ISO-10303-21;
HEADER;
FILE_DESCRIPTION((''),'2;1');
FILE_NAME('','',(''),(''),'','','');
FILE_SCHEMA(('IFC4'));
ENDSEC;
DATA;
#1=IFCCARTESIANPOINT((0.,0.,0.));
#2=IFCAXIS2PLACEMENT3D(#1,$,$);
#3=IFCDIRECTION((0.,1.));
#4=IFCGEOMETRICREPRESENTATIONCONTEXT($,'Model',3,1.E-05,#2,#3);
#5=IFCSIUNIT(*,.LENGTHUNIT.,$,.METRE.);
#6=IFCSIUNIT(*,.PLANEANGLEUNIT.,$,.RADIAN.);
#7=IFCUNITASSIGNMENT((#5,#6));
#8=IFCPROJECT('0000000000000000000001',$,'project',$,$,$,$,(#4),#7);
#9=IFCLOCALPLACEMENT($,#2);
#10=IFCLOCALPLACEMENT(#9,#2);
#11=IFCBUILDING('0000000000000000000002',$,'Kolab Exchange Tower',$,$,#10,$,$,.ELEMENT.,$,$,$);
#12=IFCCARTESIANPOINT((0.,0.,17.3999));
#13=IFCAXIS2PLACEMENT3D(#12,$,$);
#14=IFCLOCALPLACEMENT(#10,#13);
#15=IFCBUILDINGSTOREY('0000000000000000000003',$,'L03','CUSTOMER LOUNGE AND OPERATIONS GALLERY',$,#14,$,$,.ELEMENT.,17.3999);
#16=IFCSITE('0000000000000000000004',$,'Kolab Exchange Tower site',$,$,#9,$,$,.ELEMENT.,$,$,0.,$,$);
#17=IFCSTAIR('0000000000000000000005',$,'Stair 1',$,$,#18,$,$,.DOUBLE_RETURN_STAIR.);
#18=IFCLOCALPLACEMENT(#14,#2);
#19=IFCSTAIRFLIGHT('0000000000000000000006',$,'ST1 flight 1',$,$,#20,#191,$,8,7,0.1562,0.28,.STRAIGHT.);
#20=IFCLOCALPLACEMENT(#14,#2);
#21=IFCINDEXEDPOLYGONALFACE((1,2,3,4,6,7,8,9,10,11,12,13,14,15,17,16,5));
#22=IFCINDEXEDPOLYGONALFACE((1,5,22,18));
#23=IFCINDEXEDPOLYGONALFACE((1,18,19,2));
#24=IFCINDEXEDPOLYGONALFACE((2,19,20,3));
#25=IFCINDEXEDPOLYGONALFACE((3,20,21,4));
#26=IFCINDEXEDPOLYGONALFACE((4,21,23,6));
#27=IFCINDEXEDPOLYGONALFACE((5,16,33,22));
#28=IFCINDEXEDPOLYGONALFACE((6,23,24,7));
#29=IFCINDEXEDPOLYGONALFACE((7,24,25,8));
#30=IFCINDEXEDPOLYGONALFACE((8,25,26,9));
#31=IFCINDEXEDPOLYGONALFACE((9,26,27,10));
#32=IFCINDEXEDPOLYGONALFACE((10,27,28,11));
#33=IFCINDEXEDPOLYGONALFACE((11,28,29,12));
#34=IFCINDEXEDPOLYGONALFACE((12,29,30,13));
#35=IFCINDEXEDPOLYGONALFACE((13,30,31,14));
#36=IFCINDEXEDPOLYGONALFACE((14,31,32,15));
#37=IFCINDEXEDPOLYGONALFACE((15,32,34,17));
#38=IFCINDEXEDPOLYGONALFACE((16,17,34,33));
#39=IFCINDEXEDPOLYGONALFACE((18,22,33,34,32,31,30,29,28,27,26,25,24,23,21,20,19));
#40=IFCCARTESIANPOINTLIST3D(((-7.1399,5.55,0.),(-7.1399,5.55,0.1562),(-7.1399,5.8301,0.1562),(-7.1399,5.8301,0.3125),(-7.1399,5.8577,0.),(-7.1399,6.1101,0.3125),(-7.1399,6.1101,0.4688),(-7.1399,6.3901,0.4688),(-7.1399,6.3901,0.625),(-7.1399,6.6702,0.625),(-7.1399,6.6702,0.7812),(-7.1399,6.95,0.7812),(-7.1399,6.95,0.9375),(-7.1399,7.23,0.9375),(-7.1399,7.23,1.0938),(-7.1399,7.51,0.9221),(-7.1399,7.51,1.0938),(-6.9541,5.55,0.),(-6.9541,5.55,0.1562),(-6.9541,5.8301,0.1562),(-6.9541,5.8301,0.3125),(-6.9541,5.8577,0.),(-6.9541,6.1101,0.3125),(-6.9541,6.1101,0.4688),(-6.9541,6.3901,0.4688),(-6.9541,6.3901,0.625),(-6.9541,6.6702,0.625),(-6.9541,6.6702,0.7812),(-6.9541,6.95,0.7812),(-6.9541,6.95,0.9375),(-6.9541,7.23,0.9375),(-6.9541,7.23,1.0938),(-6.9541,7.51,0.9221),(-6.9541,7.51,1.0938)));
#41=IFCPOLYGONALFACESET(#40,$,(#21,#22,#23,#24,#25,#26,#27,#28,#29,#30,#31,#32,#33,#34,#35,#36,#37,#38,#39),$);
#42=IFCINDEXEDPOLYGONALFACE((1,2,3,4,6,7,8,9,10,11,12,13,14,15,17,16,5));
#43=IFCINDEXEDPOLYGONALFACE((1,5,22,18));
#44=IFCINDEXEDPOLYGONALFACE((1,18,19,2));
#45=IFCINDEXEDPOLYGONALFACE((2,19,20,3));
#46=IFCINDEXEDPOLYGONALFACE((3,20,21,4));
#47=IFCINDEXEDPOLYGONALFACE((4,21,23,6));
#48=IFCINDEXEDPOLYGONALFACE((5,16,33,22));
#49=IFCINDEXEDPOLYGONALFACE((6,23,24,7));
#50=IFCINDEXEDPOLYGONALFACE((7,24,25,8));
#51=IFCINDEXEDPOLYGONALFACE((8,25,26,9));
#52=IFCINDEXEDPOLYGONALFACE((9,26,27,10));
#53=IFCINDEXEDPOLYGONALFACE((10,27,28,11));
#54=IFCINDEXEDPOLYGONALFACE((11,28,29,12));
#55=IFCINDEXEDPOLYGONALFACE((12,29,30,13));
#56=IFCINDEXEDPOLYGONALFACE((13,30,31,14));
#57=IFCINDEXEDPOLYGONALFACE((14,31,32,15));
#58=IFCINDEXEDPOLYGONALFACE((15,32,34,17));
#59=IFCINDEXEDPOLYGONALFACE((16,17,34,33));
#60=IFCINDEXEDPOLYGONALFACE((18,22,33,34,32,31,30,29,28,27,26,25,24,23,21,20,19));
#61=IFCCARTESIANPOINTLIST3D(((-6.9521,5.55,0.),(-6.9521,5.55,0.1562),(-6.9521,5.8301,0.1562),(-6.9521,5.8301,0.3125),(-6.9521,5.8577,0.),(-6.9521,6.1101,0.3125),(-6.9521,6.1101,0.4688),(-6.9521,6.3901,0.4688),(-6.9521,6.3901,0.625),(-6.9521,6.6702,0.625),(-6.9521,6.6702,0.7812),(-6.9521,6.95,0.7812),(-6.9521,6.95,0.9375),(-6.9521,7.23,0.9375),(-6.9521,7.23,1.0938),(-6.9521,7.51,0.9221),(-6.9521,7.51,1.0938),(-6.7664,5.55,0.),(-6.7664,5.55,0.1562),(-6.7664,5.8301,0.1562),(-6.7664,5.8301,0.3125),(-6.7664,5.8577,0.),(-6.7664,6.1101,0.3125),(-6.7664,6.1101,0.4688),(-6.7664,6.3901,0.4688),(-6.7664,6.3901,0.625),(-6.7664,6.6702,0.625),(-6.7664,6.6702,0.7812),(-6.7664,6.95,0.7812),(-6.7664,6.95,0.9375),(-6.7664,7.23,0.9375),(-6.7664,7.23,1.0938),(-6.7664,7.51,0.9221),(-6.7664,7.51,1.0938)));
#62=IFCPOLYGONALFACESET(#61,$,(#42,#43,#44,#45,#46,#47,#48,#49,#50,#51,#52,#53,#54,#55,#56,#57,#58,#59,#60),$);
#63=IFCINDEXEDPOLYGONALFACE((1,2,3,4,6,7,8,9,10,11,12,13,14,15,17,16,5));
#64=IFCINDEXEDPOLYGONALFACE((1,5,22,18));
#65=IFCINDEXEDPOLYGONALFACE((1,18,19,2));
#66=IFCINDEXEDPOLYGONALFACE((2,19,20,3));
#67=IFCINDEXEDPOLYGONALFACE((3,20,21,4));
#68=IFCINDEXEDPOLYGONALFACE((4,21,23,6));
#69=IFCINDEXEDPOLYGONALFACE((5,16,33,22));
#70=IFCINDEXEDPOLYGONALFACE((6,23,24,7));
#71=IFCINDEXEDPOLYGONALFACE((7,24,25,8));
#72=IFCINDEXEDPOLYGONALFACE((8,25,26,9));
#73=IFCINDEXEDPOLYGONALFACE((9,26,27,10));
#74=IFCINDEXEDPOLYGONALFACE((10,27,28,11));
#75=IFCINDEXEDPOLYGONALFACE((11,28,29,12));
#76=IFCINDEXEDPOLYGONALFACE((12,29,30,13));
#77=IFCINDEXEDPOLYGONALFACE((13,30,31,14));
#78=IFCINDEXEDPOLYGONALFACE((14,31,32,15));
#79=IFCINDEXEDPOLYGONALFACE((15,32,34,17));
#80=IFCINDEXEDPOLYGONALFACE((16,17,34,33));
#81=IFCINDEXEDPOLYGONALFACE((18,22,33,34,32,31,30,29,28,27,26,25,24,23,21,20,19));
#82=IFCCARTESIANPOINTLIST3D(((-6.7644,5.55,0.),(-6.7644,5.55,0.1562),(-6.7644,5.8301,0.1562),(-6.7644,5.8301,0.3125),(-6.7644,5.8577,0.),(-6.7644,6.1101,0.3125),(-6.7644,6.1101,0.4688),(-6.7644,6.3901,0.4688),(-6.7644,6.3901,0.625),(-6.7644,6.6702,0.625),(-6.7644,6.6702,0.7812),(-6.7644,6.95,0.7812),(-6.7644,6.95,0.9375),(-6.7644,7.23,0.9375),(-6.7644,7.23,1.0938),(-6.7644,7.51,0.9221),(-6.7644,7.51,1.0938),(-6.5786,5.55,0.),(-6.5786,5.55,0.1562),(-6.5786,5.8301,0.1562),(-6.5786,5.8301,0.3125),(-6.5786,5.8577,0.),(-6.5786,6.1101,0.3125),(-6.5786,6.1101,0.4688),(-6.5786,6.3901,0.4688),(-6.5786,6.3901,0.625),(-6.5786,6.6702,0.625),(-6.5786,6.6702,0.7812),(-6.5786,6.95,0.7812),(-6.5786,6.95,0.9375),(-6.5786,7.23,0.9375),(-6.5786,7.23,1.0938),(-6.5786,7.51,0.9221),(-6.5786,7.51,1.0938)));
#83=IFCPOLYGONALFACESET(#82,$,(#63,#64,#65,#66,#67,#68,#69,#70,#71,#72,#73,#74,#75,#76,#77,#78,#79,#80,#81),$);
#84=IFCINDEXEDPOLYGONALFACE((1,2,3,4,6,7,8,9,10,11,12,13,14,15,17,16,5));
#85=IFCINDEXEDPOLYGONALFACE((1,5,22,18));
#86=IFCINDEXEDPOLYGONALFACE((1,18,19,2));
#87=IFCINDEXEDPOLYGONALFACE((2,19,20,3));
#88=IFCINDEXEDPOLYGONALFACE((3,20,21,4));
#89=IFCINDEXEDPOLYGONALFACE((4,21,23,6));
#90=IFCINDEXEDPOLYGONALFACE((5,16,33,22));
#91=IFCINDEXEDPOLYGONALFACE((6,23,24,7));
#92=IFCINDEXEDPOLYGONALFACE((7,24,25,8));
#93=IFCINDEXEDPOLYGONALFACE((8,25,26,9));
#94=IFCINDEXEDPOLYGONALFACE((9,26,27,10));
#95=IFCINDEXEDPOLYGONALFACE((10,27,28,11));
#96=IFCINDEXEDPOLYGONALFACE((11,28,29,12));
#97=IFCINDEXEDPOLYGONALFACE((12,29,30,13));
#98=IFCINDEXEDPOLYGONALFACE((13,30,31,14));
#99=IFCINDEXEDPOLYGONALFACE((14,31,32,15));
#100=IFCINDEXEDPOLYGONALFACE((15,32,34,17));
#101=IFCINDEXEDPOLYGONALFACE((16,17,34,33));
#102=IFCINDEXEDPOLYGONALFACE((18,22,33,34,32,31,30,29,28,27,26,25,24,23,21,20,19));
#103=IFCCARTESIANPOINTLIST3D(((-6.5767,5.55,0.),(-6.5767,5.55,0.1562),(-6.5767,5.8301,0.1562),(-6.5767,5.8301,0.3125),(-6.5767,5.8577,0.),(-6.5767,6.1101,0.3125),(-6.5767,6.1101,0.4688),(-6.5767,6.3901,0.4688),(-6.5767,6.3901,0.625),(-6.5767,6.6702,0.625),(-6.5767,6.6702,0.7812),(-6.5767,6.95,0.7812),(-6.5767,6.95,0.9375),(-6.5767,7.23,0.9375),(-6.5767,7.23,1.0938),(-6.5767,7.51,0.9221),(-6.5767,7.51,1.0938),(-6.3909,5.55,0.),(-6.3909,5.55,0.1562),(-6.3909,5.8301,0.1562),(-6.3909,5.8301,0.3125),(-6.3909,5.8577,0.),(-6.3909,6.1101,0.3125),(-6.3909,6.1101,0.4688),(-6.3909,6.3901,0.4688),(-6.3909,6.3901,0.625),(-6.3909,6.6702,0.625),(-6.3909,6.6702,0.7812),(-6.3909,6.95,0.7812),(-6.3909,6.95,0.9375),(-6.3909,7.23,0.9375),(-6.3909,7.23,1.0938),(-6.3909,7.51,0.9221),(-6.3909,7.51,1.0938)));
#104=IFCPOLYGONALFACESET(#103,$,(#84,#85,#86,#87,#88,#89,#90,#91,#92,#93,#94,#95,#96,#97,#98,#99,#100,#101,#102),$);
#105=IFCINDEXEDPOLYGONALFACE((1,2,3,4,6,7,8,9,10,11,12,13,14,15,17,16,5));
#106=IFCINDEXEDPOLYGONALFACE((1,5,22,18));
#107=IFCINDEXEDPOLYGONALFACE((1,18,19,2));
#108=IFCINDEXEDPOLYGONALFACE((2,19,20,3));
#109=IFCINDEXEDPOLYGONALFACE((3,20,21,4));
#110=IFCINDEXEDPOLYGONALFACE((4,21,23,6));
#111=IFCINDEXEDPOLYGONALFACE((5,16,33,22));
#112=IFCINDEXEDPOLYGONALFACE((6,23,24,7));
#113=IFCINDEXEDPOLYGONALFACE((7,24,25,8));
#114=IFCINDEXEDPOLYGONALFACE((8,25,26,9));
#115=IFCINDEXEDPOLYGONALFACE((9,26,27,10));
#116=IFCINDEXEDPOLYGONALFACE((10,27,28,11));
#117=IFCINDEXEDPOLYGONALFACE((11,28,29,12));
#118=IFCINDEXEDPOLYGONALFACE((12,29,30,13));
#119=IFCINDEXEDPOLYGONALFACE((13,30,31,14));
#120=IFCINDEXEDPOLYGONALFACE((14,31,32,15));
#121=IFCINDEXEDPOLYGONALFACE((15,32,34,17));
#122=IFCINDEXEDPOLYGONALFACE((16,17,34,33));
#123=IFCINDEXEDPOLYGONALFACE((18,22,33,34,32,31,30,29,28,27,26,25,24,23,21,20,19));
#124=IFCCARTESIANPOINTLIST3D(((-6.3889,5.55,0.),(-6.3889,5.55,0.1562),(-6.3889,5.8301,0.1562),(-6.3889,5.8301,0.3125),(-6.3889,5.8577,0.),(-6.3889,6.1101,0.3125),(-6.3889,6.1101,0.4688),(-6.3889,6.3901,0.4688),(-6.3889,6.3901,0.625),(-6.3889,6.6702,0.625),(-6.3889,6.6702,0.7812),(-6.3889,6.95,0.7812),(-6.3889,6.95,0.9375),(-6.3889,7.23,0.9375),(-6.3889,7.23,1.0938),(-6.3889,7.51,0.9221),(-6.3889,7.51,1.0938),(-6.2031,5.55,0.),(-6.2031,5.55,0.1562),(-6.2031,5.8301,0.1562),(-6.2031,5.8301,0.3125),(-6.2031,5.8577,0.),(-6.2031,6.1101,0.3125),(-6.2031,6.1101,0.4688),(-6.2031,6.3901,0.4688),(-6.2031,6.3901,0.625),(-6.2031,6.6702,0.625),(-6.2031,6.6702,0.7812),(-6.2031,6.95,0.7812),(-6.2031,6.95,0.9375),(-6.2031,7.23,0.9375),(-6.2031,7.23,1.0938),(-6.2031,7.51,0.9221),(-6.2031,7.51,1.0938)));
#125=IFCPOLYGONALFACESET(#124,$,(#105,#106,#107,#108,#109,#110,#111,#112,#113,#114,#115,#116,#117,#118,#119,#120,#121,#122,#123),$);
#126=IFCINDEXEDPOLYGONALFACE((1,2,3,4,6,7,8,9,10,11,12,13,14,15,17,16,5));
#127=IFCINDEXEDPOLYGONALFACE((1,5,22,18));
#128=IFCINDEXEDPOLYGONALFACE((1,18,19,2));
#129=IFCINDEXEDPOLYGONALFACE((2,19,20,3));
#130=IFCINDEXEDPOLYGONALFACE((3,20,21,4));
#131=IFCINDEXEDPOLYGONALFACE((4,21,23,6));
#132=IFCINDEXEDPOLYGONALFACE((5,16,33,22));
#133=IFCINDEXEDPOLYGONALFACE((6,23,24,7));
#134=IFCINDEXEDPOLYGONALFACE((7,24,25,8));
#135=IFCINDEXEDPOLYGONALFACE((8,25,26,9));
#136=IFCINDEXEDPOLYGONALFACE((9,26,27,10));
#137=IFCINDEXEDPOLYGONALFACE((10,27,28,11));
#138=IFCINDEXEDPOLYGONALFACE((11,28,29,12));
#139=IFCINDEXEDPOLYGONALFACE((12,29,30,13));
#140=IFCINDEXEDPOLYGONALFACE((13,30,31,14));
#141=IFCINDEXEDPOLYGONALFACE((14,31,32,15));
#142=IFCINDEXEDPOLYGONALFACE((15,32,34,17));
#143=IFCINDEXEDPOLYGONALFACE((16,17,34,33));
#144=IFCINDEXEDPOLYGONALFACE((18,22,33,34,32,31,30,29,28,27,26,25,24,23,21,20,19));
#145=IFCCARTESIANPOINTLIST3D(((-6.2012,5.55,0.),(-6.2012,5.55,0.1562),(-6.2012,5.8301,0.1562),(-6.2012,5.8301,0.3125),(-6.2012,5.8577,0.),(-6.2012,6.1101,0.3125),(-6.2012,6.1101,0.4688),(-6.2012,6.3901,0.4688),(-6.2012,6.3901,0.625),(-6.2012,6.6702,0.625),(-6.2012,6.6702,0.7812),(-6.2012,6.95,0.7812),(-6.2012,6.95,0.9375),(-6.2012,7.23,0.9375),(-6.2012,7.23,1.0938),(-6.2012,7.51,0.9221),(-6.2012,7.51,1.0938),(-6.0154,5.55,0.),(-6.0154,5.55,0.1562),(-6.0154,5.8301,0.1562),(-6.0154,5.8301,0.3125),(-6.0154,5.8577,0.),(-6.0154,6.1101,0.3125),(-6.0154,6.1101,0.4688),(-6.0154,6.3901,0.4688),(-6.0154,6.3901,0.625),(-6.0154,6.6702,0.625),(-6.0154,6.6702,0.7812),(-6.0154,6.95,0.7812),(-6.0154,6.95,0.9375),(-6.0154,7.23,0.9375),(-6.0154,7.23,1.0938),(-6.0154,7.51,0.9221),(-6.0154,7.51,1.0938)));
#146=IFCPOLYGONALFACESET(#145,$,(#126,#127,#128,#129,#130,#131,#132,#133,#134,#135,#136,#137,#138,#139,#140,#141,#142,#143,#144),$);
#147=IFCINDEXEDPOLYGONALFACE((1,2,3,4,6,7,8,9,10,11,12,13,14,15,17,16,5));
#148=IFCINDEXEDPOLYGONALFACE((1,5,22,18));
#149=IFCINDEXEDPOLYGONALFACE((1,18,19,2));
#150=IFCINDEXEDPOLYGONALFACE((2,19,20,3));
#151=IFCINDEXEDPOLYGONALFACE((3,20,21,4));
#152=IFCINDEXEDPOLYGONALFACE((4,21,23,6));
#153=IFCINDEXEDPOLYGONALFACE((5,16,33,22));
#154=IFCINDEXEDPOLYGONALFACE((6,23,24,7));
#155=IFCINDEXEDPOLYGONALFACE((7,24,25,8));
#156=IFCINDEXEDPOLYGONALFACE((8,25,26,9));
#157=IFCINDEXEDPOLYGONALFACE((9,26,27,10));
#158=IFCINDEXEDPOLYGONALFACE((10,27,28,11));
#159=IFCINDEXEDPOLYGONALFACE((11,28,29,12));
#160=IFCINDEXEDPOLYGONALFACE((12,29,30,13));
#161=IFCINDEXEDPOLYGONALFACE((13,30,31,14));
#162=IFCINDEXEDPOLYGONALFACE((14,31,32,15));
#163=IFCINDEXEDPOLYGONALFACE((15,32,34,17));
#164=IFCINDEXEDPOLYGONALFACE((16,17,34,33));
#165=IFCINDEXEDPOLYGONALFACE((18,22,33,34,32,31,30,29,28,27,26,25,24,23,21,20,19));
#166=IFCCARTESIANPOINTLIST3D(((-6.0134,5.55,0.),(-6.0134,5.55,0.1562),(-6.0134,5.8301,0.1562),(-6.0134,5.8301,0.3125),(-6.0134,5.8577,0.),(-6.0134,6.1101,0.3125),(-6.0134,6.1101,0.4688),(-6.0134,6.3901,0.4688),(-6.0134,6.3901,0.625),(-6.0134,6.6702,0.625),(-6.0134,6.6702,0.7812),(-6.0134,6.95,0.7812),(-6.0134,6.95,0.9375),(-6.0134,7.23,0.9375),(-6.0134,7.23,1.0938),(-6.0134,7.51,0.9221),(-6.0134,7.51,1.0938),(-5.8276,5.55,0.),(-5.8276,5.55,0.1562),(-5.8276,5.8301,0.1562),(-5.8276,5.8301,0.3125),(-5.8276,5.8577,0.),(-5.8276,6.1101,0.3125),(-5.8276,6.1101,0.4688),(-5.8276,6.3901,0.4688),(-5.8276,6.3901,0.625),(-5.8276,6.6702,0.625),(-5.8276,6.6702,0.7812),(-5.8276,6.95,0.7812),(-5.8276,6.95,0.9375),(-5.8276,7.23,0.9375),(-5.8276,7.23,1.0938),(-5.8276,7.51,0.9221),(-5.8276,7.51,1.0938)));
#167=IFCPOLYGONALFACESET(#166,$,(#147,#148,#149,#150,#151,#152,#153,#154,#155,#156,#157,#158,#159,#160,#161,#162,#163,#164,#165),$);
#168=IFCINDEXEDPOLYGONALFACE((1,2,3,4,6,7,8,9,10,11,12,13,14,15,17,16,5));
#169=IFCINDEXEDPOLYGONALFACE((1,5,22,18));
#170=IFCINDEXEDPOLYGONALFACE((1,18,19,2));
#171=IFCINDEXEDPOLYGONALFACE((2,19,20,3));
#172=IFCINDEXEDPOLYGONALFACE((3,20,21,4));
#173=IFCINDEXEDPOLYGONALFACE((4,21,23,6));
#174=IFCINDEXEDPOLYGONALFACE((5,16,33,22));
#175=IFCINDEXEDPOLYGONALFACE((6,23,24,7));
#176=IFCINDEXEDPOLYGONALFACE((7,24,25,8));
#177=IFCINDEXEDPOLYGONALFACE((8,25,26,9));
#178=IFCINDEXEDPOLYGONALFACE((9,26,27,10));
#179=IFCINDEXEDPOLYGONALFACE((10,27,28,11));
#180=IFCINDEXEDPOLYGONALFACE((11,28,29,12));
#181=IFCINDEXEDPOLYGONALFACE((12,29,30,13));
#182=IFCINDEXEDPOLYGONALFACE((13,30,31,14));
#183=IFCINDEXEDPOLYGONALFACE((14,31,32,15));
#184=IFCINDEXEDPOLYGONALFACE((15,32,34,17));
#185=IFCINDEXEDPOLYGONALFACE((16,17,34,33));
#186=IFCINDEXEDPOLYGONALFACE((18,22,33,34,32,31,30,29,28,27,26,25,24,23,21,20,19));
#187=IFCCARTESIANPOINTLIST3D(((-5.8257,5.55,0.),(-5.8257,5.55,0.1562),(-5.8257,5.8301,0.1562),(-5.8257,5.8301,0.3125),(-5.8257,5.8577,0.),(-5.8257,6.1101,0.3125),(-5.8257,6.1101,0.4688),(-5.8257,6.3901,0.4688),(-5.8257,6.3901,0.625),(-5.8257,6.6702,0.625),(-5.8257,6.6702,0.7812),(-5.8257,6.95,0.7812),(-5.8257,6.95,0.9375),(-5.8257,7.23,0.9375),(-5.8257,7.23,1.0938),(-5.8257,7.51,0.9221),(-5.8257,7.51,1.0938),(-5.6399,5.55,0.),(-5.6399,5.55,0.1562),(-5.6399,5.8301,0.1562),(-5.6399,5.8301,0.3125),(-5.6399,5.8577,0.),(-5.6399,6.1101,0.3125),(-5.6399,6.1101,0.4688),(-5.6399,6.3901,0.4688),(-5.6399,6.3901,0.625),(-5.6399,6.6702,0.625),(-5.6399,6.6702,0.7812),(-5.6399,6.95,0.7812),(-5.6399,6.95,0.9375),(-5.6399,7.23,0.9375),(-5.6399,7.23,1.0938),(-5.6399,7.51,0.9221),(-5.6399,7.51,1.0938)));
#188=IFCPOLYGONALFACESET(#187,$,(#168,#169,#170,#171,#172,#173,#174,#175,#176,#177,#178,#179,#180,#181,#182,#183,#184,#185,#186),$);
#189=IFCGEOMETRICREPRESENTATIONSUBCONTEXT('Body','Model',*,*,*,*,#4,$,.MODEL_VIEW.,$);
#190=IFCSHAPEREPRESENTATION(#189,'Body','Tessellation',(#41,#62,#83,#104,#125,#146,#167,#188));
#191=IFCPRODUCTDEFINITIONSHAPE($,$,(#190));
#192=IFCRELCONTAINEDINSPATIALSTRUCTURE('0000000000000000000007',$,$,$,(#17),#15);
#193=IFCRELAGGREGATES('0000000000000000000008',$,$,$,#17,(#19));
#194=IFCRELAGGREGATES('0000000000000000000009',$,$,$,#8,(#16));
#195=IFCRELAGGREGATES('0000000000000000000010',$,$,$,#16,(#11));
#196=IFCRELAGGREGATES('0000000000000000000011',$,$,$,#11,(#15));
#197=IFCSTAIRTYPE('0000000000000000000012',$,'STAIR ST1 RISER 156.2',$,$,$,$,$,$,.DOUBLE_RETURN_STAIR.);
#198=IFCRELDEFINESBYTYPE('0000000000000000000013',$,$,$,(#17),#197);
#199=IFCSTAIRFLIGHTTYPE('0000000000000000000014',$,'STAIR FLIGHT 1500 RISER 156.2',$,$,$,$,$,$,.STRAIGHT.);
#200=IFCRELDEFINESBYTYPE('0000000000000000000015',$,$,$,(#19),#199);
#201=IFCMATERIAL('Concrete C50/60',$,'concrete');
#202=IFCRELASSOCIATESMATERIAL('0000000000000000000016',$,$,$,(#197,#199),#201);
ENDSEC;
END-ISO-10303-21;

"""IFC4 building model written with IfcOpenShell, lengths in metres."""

from ifc_helpers import new_model, si_unit, direction, frame, origin, place, context, subcontext, project, spatial, polyline, outline, extrude, material, type_object, element, aggregate, save


model = new_model("IFC4")

# Units and contexts
model_context = context("Model", 3, precision=1e-05, world=origin(), true_north=direction((0.0, 1.0)))
body_context = subcontext(model_context, "Body", "Model", "MODEL_VIEW")
ifc_project = project(units=[si_unit("LENGTHUNIT", "METRE"), si_unit("PLANEANGLEUNIT", "RADIAN")], contexts=[model_context])

# Site, building, storey
site_placement = place(None, origin())
site = spatial("IfcSite", under=ifc_project, at=site_placement, Name="Kolab Exchange Tower site", CompositionType="ELEMENT", RefElevation=0.0)
building_placement = place(site_placement, origin())
building = spatial("IfcBuilding", under=site, at=building_placement, Name="Kolab Exchange Tower", CompositionType="ELEMENT")
storey_placement = place(building_placement, frame((0.0, 0.0, 17.3999)))
storey = spatial("IfcBuildingStorey", under=building, at=storey_placement, Name="L03", Description="CUSTOMER LOUNGE AND OPERATIONS GALLERY", CompositionType="ELEMENT", Elevation=17.3999)

# Shared definitions
ifc_material_1 = material(Name="Concrete C50/60", Category="concrete")

# Stair, stair flight
stair_type = type_object("IfcStairType", Name="STAIR ST1 RISER 156.2", PredefinedType="DOUBLE_RETURN_STAIR", material=ifc_material_1)
stair_placement = place(storey_placement, origin())
stair = element("IfcStair", 1, at=stair_placement, inside=storey, type_object=stair_type, Name="Stair 1", PredefinedType="DOUBLE_RETURN_STAIR")
stair_flight_type = type_object("IfcStairFlightType", Name="STAIR FLIGHT 1500 RISER 156.2", PredefinedType="STRAIGHT", material=ifc_material_1)
stair_flight_1_placement = place(storey_placement, frame((-6.3899, 5.55, 0.0), z_axis=(0.0, 0.0, 1.0), x_axis=(0.0, 1.0, 0.0)))
stair_flight_1 = element("IfcStairFlight", 2, at=stair_flight_1_placement, type_object=stair_flight_type, Name="ST1 flight 1", NumberOfRisers=8, NumberOfTreads=7, PredefinedType="STRAIGHT", RiserHeight=0.1562, TreadLength=0.28, context=body_context, shape_type="SweptSolid", body=[
    extrude(outline(polyline([(0.0, 0.0), (0.0, 0.1562), (0.28, 0.1562), (0.28, 0.3125), (0.5601, 0.3125), (0.5601, 0.4688), (0.8401, 0.4688), (0.8401, 0.625), (1.1201, 0.625), (1.1201, 0.7812), (1.3999, 0.7812), (1.3999, 0.9375), (1.6799, 0.9375), (1.6799, 1.0938), (1.96, 1.0938), (1.96, 1.25), (1.96, 0.9221), (0.3076, 0.0), (0.0, 0.0)])), frame((0.0, 0.75, 0.0), z_axis=(0.0, -1.0, 0.0), x_axis=(1.0, 0.0, 0.0)), (0.0, 0.0, 1.0), 0.1858),
    extrude(outline(polyline([(0.0, 0.0), (0.0, 0.1562), (0.28, 0.1562), (0.28, 0.3125), (0.5601, 0.3125), (0.5601, 0.4688), (0.8401, 0.4688), (0.8401, 0.625), (1.1201, 0.625), (1.1201, 0.7812), (1.3999, 0.7812), (1.3999, 0.9375), (1.6799, 0.9375), (1.6799, 1.0938), (1.96, 1.0938), (1.96, 1.25), (1.96, 0.9221), (0.3076, 0.0), (0.0, 0.0)])), frame((0.0, 0.5623, 0.0), z_axis=(0.0, -1.0, 0.0), x_axis=(1.0, 0.0, 0.0)), (0.0, 0.0, 1.0), 0.1858),
    extrude(outline(polyline([(0.0, 0.0), (0.0, 0.1562), (0.28, 0.1562), (0.28, 0.3125), (0.5601, 0.3125), (0.5601, 0.4688), (0.8401, 0.4688), (0.8401, 0.625), (1.1201, 0.625), (1.1201, 0.7812), (1.3999, 0.7812), (1.3999, 0.9375), (1.6799, 0.9375), (1.6799, 1.0938), (1.96, 1.0938), (1.96, 1.25), (1.96, 0.9221), (0.3076, 0.0), (0.0, 0.0)])), frame((0.0, 0.3745, 0.0), z_axis=(0.0, -1.0, 0.0), x_axis=(1.0, 0.0, 0.0)), (0.0, 0.0, 1.0), 0.1858),
    extrude(outline(polyline([(0.0, 0.0), (0.0, 0.1562), (0.28, 0.1562), (0.28, 0.3125), (0.5601, 0.3125), (0.5601, 0.4688), (0.8401, 0.4688), (0.8401, 0.625), (1.1201, 0.625), (1.1201, 0.7812), (1.3999, 0.7812), (1.3999, 0.9375), (1.6799, 0.9375), (1.6799, 1.0938), (1.96, 1.0938), (1.96, 1.25), (1.96, 0.9221), (0.3076, 0.0), (0.0, 0.0)])), frame((0.0, 0.1868, 0.0), z_axis=(0.0, -1.0, 0.0), x_axis=(1.0, 0.0, 0.0)), (0.0, 0.0, 1.0), 0.1858),
    extrude(outline(polyline([(0.0, 0.0), (0.0, 0.1562), (0.28, 0.1562), (0.28, 0.3125), (0.5601, 0.3125), (0.5601, 0.4688), (0.8401, 0.4688), (0.8401, 0.625), (1.1201, 0.625), (1.1201, 0.7812), (1.3999, 0.7812), (1.3999, 0.9375), (1.6799, 0.9375), (1.6799, 1.0938), (1.96, 1.0938), (1.96, 1.25), (1.96, 0.9221), (0.3076, 0.0), (0.0, 0.0)])), frame((0.0, -0.001, 0.0), z_axis=(0.0, -1.0, 0.0), x_axis=(1.0, 0.0, 0.0)), (0.0, 0.0, 1.0), 0.1858),
    extrude(outline(polyline([(0.0, 0.0), (0.0, 0.1562), (0.28, 0.1562), (0.28, 0.3125), (0.5601, 0.3125), (0.5601, 0.4688), (0.8401, 0.4688), (0.8401, 0.625), (1.1201, 0.625), (1.1201, 0.7812), (1.3999, 0.7812), (1.3999, 0.9375), (1.6799, 0.9375), (1.6799, 1.0938), (1.96, 1.0938), (1.96, 1.25), (1.96, 0.9221), (0.3076, 0.0), (0.0, 0.0)])), frame((0.0, -0.1887, 0.0), z_axis=(0.0, -1.0, 0.0), x_axis=(1.0, 0.0, 0.0)), (0.0, 0.0, 1.0), 0.1858),
    extrude(outline(polyline([(0.0, 0.0), (0.0, 0.1562), (0.28, 0.1562), (0.28, 0.3125), (0.5601, 0.3125), (0.5601, 0.4688), (0.8401, 0.4688), (0.8401, 0.625), (1.1201, 0.625), (1.1201, 0.7812), (1.3999, 0.7812), (1.3999, 0.9375), (1.6799, 0.9375), (1.6799, 1.0938), (1.96, 1.0938), (1.96, 1.25), (1.96, 0.9221), (0.3076, 0.0), (0.0, 0.0)])), frame((0.0, -0.3765, 0.0), z_axis=(0.0, -1.0, 0.0), x_axis=(1.0, 0.0, 0.0)), (0.0, 0.0, 1.0), 0.1858),
    extrude(outline(polyline([(0.0, 0.0), (0.0, 0.1562), (0.28, 0.1562), (0.28, 0.3125), (0.5601, 0.3125), (0.5601, 0.4688), (0.8401, 0.4688), (0.8401, 0.625), (1.1201, 0.625), (1.1201, 0.7812), (1.3999, 0.7812), (1.3999, 0.9375), (1.6799, 0.9375), (1.6799, 1.0938), (1.96, 1.0938), (1.96, 1.25), (1.96, 0.9221), (0.3076, 0.0), (0.0, 0.0)])), frame((0.0, -0.5642, 0.0), z_axis=(0.0, -1.0, 0.0), x_axis=(1.0, 0.0, 0.0)), (0.0, 0.0, 1.0), 0.1858),
])
aggregate(stair, [stair_flight_1])

save(model, "model.ifc")
